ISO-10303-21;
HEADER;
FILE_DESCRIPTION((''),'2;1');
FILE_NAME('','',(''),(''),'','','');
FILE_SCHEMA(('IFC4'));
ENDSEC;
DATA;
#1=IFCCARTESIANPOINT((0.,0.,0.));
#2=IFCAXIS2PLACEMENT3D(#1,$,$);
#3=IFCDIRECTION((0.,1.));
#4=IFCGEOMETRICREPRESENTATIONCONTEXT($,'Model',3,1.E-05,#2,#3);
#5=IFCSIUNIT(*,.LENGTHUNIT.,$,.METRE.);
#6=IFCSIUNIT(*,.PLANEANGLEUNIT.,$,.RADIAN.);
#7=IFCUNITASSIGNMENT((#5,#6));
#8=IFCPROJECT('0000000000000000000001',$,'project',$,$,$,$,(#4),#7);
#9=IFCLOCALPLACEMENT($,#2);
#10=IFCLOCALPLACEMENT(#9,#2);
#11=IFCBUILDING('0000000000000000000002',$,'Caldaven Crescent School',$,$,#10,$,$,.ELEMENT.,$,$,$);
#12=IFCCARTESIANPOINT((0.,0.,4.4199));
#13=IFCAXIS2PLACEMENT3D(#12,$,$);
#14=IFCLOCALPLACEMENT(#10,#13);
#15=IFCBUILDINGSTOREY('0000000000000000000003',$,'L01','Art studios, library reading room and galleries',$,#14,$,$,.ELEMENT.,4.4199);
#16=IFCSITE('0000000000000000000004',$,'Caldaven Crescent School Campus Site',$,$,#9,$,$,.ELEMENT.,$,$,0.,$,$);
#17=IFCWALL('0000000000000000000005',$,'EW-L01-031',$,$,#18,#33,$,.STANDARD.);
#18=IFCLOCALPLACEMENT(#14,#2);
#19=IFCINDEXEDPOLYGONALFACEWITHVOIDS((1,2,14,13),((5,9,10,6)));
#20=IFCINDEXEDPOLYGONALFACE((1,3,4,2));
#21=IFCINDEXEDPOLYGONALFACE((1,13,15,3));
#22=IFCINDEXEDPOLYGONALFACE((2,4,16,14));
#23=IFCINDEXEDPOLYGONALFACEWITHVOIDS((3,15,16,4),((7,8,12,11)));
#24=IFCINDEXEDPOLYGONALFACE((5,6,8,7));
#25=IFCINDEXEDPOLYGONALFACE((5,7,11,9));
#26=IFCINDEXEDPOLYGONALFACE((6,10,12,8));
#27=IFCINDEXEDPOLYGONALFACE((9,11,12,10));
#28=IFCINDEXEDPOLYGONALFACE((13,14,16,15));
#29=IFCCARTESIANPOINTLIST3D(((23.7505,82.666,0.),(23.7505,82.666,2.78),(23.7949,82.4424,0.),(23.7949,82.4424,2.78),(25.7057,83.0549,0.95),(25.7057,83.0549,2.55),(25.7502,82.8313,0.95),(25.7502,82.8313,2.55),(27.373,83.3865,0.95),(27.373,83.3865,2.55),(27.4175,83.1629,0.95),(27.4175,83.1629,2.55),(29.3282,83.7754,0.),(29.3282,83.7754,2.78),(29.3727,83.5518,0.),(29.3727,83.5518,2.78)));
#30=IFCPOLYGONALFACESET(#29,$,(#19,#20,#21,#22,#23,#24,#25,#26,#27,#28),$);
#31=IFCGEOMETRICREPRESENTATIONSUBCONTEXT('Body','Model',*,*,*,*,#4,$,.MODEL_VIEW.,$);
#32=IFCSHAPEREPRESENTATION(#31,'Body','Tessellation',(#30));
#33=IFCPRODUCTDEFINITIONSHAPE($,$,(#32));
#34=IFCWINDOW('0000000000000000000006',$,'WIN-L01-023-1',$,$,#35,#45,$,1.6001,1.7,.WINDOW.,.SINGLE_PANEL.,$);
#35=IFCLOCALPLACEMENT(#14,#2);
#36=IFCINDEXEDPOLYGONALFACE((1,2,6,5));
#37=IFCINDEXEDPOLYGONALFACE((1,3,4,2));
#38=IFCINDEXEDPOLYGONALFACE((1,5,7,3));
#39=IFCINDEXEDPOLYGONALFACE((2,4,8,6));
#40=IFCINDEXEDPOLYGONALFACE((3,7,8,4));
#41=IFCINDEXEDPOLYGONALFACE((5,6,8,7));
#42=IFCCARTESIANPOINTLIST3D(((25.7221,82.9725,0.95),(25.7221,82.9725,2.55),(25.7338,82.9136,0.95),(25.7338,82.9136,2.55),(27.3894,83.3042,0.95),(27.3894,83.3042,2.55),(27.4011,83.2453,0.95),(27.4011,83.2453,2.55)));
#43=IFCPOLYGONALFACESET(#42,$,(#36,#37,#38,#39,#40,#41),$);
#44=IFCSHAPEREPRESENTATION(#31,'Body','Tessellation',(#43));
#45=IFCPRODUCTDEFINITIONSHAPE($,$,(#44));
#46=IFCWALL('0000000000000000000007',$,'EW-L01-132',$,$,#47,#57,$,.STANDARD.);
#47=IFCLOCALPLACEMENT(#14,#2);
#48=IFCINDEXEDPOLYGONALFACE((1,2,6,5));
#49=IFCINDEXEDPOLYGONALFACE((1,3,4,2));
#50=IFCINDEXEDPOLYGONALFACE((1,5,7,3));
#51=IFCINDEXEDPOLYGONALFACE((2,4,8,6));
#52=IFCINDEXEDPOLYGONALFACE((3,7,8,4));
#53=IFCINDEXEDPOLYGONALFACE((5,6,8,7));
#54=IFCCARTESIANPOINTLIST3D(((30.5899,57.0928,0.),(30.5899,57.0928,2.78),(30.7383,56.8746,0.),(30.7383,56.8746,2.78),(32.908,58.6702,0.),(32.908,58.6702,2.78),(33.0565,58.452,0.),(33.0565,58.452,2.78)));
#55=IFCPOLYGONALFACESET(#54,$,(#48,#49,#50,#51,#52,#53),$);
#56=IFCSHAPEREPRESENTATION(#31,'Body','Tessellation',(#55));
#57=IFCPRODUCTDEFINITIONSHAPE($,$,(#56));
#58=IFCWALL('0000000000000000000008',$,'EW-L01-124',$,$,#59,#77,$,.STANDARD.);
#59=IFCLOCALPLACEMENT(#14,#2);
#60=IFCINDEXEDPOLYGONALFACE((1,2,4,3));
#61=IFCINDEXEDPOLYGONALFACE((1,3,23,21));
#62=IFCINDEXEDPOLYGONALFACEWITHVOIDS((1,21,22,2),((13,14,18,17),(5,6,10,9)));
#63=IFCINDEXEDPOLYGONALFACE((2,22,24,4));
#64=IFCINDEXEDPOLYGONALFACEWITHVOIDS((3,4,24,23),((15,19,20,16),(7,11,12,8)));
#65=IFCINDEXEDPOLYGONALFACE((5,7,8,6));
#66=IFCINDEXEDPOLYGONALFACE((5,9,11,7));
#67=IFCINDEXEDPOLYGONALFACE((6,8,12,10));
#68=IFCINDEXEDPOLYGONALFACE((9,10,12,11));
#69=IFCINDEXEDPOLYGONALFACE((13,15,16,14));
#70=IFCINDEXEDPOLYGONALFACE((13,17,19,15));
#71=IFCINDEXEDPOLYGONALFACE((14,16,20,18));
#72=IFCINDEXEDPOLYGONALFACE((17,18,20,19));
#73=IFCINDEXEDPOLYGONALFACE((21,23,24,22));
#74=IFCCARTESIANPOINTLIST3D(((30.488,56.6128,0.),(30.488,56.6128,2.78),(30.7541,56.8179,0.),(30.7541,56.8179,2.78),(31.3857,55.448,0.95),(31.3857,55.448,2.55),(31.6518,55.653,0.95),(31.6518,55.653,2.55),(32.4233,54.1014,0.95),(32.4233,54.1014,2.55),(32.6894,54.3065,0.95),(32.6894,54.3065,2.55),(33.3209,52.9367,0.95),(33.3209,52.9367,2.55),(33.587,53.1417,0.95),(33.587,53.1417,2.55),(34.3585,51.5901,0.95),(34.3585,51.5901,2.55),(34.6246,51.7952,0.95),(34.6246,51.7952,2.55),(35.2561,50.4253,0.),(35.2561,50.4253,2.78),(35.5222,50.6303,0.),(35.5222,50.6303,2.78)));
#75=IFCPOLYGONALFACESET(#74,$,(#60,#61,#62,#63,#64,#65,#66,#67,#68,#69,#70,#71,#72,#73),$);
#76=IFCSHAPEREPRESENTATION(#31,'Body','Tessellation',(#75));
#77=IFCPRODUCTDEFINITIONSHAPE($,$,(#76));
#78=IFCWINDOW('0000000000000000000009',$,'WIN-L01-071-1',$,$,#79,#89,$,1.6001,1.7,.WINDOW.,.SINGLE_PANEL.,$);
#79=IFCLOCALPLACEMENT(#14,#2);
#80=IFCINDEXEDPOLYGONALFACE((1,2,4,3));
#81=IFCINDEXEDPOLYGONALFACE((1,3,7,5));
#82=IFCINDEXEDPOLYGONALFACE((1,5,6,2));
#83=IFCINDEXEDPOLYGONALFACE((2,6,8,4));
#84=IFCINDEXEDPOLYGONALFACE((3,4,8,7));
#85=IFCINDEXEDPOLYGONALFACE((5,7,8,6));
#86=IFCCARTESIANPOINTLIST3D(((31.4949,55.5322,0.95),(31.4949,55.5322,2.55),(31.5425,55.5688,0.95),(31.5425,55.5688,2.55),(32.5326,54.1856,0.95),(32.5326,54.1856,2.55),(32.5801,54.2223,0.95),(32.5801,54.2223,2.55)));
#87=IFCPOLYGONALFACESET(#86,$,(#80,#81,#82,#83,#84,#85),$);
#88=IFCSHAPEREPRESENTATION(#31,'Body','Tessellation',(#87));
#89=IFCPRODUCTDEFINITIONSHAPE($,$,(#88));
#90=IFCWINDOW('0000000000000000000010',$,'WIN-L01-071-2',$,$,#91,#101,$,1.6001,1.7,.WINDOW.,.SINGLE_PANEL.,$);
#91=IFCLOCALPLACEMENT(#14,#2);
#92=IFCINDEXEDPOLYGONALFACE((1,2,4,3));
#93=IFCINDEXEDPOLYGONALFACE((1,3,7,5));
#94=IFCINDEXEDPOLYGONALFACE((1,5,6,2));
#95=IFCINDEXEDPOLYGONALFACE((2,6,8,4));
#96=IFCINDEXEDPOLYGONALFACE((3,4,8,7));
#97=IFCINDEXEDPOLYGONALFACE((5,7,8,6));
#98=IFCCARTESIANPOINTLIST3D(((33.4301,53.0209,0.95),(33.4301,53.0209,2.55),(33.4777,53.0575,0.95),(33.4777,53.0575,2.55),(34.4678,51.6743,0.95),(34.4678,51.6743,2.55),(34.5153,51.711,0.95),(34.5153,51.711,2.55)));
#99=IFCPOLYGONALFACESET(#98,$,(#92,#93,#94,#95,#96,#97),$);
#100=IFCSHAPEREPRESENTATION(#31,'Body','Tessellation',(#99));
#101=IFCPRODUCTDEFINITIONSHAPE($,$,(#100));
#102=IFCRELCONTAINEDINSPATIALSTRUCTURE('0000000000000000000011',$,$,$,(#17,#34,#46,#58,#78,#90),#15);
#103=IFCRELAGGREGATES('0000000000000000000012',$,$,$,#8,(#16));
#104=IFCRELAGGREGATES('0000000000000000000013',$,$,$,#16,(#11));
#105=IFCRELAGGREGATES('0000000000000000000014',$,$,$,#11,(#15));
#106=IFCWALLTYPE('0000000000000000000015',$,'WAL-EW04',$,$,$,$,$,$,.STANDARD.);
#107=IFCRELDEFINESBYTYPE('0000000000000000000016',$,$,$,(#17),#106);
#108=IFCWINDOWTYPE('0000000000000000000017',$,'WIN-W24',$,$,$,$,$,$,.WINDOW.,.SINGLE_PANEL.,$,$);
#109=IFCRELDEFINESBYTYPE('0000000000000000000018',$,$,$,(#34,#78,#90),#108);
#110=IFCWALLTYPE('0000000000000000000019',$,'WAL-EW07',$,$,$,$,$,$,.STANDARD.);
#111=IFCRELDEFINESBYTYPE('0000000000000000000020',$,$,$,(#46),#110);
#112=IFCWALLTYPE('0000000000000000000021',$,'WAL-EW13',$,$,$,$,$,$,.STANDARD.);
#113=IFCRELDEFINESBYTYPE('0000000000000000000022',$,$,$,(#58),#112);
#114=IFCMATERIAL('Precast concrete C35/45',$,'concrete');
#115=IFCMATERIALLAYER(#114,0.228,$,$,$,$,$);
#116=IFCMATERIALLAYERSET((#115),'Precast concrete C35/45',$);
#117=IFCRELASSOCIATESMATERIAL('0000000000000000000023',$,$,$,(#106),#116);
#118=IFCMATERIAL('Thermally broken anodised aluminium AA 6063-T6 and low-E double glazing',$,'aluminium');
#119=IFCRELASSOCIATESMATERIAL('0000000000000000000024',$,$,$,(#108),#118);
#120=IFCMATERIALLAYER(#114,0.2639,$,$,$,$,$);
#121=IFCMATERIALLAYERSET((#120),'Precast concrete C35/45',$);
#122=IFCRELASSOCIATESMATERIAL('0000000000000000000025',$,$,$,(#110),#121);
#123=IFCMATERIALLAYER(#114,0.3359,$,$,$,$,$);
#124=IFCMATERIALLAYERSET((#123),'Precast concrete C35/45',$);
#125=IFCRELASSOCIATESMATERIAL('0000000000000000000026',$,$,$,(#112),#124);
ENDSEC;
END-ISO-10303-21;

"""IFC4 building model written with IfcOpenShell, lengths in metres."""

from ifc_helpers import new_model, si_unit, direction, frame, frame_2d, origin, place, context, subcontext, project, spatial, rectangle, extrude, material, layer, layer_set, type_object, element, fill, save


model = new_model("IFC4")

# Units and contexts
model_context = context("Model", 3, precision=1e-05, world=origin(), true_north=direction((0.0, 1.0)))
body_context = subcontext(model_context, "Body", "Model", "MODEL_VIEW")
ifc_project = project(units=[si_unit("LENGTHUNIT", "METRE"), si_unit("PLANEANGLEUNIT", "RADIAN")], contexts=[model_context])

# Site, building, storey
site_placement = place(None, origin())
site = spatial("IfcSite", under=ifc_project, at=site_placement, Name="Caldaven Crescent School Campus Site", CompositionType="ELEMENT", RefElevation=0.0)
building_placement = place(site_placement, origin())
building = spatial("IfcBuilding", under=site, at=building_placement, Name="Caldaven Crescent School", CompositionType="ELEMENT")
storey_placement = place(building_placement, frame((0.0, 0.0, 4.4199)))
storey = spatial("IfcBuildingStorey", under=building, at=storey_placement, Name="L01", Description="Art studios, library reading room and galleries", CompositionType="ELEMENT", Elevation=4.4199)

# Wall, opening, window
ifc_material_1 = material(Name="Precast concrete C35/45", Category="concrete")
ifc_layer_1 = layer(ifc_material_1, 0.228)
ifc_layer_set_1 = layer_set([ifc_layer_1], Name="Precast concrete C35/45")
wall_type_1 = type_object("IfcWallType", Name="WAL-EW04", PredefinedType="STANDARD", material=ifc_layer_set_1)
wall_1_placement = place(storey_placement, frame((23.7727, 82.5542, 0.0), z_axis=(0.0, 0.0, 1.0), x_axis=(0.980788, 0.195076, 0.0)))
wall_1 = element("IfcWall", 1, at=wall_1_placement, inside=storey, type_object=wall_type_1, Name="EW-L01-031", PredefinedType="STANDARD", context=body_context, shape_type="SweptSolid", body=[
    extrude(rectangle(XDim=5.687, YDim=0.228, at=frame_2d((2.8435, 0.0))), origin(), (0.0, 0.0, 1.0), 2.78),
])
opening_1_placement = place(wall_1_placement, frame((1.9934, 0.0, 0.95)))
opening_1 = element("IfcOpeningElement", 2, at=opening_1_placement, cuts=wall_1, PredefinedType="OPENING", context=body_context, shape_type="SweptSolid", body=[
    extrude(rectangle(XDim=1.7, YDim=1.6001, at=frame_2d((0.8501, 0.8))), frame((0.0, 0.124, 0.0), z_axis=(0.0, -1.0, 0.0), x_axis=(1.0, 0.0, 0.0)), (0.0, 0.0, 1.0), 0.248),
])
ifc_material_2 = material(Name="Thermally broken anodised aluminium AA 6063-T6 and low-E double glazing", Category="aluminium")
window_type = type_object("IfcWindowType", Name="WIN-W24", PartitioningType="SINGLE_PANEL", PredefinedType="WINDOW", material=ifc_material_2)
window_1_placement = place(opening_1_placement, origin())
window_1 = element("IfcWindow", 3, at=window_1_placement, inside=storey, type_object=window_type, Name="WIN-L01-023-1", OverallHeight=1.6001, OverallWidth=1.7, PartitioningType="SINGLE_PANEL", PredefinedType="WINDOW", context=body_context, shape_type="SweptSolid", body=[
    extrude(rectangle(XDim=1.7, YDim=1.6001, at=frame_2d((0.8501, 0.8))), frame((0.0, 0.03, 0.0), z_axis=(0.0, -1.0, 0.0), x_axis=(1.0, 0.0, 0.0)), (0.0, 0.0, 1.0), 0.0601),
])
fill(opening_1, window_1)

# Wall
ifc_layer_2 = layer(ifc_material_1, 0.2639)
ifc_layer_set_2 = layer_set([ifc_layer_2], Name="Precast concrete C35/45")
wall_type_2 = type_object("IfcWallType", Name="WAL-EW07", PredefinedType="STANDARD", material=ifc_layer_set_2)
wall_2_placement = place(storey_placement, frame((32.9822, 58.561, 0.0), z_axis=(0.0, 0.0, 1.0), x_axis=(-0.826748, -0.562572, 0.0)))
element("IfcWall", 4, at=wall_2_placement, inside=storey, type_object=wall_type_2, Name="EW-L01-132", PredefinedType="STANDARD", context=body_context, shape_type="SweptSolid", body=[
    extrude(rectangle(XDim=2.804, YDim=0.2639, at=frame_2d((1.4019, 0.0))), origin(), (0.0, 0.0, 1.0), 2.78),
])

# Wall, openings, windows
ifc_layer_3 = layer(ifc_material_1, 0.3359)
ifc_layer_set_3 = layer_set([ifc_layer_3], Name="Precast concrete C35/45")
wall_type_3 = type_object("IfcWallType", Name="WAL-EW13", PredefinedType="STANDARD", material=ifc_layer_set_3)
wall_3_placement = place(storey_placement, frame((30.6211, 56.7153, 0.0), z_axis=(0.0, 0.0, 1.0), x_axis=(0.61039, -0.792101, 0.0)))
wall_3 = element("IfcWall", 5, at=wall_3_placement, inside=storey, type_object=wall_type_3, Name="EW-L01-124", PredefinedType="STANDARD", context=body_context, shape_type="SweptSolid", body=[
    extrude(rectangle(XDim=7.8115, YDim=0.3359, at=frame_2d((3.9058, 0.0))), origin(), (0.0, 0.0, 1.0), 2.78),
])
opening_2_placement = place(wall_3_placement, frame((1.4705, 0.0, 0.95)))
opening_2 = element("IfcOpeningElement", 6, at=opening_2_placement, cuts=wall_3, PredefinedType="OPENING", context=body_context, shape_type="SweptSolid", body=[
    extrude(rectangle(XDim=1.7, YDim=1.6001, at=frame_2d((0.8501, 0.8))), frame((0.0, 0.178, 0.0), z_axis=(0.0, -1.0, 0.0), x_axis=(1.0, 0.0, 0.0)), (0.0, 0.0, 1.0), 0.356),
])
opening_3_placement = place(wall_3_placement, frame((4.6409, 0.0, 0.95)))
opening_3 = element("IfcOpeningElement", 7, at=opening_3_placement, cuts=wall_3, PredefinedType="OPENING", context=body_context, shape_type="SweptSolid", body=[
    extrude(rectangle(XDim=1.7, YDim=1.6001, at=frame_2d((0.8501, 0.8))), frame((0.0, 0.178, 0.0), z_axis=(0.0, -1.0, 0.0), x_axis=(1.0, 0.0, 0.0)), (0.0, 0.0, 1.0), 0.356),
])
window_2_placement = place(opening_2_placement, origin())
window_2 = element("IfcWindow", 8, at=window_2_placement, inside=storey, type_object=window_type, Name="WIN-L01-071-1", OverallHeight=1.6001, OverallWidth=1.7, PartitioningType="SINGLE_PANEL", PredefinedType="WINDOW", context=body_context, shape_type="SweptSolid", body=[
    extrude(rectangle(XDim=1.7, YDim=1.6001, at=frame_2d((0.8501, 0.8))), frame((0.0, 0.03, 0.0), z_axis=(0.0, -1.0, 0.0), x_axis=(1.0, 0.0, 0.0)), (0.0, 0.0, 1.0), 0.0601),
])
fill(opening_2, window_2)
window_3_placement = place(opening_3_placement, origin())
window_3 = element("IfcWindow", 9, at=window_3_placement, inside=storey, type_object=window_type, Name="WIN-L01-071-2", OverallHeight=1.6001, OverallWidth=1.7, PartitioningType="SINGLE_PANEL", PredefinedType="WINDOW", context=body_context, shape_type="SweptSolid", body=[
    extrude(rectangle(XDim=1.7, YDim=1.6001, at=frame_2d((0.8501, 0.8))), frame((0.0, 0.03, 0.0), z_axis=(0.0, -1.0, 0.0), x_axis=(1.0, 0.0, 0.0)), (0.0, 0.0, 1.0), 0.0601),
])
fill(opening_3, window_3)

save(model, "model.ifc")
